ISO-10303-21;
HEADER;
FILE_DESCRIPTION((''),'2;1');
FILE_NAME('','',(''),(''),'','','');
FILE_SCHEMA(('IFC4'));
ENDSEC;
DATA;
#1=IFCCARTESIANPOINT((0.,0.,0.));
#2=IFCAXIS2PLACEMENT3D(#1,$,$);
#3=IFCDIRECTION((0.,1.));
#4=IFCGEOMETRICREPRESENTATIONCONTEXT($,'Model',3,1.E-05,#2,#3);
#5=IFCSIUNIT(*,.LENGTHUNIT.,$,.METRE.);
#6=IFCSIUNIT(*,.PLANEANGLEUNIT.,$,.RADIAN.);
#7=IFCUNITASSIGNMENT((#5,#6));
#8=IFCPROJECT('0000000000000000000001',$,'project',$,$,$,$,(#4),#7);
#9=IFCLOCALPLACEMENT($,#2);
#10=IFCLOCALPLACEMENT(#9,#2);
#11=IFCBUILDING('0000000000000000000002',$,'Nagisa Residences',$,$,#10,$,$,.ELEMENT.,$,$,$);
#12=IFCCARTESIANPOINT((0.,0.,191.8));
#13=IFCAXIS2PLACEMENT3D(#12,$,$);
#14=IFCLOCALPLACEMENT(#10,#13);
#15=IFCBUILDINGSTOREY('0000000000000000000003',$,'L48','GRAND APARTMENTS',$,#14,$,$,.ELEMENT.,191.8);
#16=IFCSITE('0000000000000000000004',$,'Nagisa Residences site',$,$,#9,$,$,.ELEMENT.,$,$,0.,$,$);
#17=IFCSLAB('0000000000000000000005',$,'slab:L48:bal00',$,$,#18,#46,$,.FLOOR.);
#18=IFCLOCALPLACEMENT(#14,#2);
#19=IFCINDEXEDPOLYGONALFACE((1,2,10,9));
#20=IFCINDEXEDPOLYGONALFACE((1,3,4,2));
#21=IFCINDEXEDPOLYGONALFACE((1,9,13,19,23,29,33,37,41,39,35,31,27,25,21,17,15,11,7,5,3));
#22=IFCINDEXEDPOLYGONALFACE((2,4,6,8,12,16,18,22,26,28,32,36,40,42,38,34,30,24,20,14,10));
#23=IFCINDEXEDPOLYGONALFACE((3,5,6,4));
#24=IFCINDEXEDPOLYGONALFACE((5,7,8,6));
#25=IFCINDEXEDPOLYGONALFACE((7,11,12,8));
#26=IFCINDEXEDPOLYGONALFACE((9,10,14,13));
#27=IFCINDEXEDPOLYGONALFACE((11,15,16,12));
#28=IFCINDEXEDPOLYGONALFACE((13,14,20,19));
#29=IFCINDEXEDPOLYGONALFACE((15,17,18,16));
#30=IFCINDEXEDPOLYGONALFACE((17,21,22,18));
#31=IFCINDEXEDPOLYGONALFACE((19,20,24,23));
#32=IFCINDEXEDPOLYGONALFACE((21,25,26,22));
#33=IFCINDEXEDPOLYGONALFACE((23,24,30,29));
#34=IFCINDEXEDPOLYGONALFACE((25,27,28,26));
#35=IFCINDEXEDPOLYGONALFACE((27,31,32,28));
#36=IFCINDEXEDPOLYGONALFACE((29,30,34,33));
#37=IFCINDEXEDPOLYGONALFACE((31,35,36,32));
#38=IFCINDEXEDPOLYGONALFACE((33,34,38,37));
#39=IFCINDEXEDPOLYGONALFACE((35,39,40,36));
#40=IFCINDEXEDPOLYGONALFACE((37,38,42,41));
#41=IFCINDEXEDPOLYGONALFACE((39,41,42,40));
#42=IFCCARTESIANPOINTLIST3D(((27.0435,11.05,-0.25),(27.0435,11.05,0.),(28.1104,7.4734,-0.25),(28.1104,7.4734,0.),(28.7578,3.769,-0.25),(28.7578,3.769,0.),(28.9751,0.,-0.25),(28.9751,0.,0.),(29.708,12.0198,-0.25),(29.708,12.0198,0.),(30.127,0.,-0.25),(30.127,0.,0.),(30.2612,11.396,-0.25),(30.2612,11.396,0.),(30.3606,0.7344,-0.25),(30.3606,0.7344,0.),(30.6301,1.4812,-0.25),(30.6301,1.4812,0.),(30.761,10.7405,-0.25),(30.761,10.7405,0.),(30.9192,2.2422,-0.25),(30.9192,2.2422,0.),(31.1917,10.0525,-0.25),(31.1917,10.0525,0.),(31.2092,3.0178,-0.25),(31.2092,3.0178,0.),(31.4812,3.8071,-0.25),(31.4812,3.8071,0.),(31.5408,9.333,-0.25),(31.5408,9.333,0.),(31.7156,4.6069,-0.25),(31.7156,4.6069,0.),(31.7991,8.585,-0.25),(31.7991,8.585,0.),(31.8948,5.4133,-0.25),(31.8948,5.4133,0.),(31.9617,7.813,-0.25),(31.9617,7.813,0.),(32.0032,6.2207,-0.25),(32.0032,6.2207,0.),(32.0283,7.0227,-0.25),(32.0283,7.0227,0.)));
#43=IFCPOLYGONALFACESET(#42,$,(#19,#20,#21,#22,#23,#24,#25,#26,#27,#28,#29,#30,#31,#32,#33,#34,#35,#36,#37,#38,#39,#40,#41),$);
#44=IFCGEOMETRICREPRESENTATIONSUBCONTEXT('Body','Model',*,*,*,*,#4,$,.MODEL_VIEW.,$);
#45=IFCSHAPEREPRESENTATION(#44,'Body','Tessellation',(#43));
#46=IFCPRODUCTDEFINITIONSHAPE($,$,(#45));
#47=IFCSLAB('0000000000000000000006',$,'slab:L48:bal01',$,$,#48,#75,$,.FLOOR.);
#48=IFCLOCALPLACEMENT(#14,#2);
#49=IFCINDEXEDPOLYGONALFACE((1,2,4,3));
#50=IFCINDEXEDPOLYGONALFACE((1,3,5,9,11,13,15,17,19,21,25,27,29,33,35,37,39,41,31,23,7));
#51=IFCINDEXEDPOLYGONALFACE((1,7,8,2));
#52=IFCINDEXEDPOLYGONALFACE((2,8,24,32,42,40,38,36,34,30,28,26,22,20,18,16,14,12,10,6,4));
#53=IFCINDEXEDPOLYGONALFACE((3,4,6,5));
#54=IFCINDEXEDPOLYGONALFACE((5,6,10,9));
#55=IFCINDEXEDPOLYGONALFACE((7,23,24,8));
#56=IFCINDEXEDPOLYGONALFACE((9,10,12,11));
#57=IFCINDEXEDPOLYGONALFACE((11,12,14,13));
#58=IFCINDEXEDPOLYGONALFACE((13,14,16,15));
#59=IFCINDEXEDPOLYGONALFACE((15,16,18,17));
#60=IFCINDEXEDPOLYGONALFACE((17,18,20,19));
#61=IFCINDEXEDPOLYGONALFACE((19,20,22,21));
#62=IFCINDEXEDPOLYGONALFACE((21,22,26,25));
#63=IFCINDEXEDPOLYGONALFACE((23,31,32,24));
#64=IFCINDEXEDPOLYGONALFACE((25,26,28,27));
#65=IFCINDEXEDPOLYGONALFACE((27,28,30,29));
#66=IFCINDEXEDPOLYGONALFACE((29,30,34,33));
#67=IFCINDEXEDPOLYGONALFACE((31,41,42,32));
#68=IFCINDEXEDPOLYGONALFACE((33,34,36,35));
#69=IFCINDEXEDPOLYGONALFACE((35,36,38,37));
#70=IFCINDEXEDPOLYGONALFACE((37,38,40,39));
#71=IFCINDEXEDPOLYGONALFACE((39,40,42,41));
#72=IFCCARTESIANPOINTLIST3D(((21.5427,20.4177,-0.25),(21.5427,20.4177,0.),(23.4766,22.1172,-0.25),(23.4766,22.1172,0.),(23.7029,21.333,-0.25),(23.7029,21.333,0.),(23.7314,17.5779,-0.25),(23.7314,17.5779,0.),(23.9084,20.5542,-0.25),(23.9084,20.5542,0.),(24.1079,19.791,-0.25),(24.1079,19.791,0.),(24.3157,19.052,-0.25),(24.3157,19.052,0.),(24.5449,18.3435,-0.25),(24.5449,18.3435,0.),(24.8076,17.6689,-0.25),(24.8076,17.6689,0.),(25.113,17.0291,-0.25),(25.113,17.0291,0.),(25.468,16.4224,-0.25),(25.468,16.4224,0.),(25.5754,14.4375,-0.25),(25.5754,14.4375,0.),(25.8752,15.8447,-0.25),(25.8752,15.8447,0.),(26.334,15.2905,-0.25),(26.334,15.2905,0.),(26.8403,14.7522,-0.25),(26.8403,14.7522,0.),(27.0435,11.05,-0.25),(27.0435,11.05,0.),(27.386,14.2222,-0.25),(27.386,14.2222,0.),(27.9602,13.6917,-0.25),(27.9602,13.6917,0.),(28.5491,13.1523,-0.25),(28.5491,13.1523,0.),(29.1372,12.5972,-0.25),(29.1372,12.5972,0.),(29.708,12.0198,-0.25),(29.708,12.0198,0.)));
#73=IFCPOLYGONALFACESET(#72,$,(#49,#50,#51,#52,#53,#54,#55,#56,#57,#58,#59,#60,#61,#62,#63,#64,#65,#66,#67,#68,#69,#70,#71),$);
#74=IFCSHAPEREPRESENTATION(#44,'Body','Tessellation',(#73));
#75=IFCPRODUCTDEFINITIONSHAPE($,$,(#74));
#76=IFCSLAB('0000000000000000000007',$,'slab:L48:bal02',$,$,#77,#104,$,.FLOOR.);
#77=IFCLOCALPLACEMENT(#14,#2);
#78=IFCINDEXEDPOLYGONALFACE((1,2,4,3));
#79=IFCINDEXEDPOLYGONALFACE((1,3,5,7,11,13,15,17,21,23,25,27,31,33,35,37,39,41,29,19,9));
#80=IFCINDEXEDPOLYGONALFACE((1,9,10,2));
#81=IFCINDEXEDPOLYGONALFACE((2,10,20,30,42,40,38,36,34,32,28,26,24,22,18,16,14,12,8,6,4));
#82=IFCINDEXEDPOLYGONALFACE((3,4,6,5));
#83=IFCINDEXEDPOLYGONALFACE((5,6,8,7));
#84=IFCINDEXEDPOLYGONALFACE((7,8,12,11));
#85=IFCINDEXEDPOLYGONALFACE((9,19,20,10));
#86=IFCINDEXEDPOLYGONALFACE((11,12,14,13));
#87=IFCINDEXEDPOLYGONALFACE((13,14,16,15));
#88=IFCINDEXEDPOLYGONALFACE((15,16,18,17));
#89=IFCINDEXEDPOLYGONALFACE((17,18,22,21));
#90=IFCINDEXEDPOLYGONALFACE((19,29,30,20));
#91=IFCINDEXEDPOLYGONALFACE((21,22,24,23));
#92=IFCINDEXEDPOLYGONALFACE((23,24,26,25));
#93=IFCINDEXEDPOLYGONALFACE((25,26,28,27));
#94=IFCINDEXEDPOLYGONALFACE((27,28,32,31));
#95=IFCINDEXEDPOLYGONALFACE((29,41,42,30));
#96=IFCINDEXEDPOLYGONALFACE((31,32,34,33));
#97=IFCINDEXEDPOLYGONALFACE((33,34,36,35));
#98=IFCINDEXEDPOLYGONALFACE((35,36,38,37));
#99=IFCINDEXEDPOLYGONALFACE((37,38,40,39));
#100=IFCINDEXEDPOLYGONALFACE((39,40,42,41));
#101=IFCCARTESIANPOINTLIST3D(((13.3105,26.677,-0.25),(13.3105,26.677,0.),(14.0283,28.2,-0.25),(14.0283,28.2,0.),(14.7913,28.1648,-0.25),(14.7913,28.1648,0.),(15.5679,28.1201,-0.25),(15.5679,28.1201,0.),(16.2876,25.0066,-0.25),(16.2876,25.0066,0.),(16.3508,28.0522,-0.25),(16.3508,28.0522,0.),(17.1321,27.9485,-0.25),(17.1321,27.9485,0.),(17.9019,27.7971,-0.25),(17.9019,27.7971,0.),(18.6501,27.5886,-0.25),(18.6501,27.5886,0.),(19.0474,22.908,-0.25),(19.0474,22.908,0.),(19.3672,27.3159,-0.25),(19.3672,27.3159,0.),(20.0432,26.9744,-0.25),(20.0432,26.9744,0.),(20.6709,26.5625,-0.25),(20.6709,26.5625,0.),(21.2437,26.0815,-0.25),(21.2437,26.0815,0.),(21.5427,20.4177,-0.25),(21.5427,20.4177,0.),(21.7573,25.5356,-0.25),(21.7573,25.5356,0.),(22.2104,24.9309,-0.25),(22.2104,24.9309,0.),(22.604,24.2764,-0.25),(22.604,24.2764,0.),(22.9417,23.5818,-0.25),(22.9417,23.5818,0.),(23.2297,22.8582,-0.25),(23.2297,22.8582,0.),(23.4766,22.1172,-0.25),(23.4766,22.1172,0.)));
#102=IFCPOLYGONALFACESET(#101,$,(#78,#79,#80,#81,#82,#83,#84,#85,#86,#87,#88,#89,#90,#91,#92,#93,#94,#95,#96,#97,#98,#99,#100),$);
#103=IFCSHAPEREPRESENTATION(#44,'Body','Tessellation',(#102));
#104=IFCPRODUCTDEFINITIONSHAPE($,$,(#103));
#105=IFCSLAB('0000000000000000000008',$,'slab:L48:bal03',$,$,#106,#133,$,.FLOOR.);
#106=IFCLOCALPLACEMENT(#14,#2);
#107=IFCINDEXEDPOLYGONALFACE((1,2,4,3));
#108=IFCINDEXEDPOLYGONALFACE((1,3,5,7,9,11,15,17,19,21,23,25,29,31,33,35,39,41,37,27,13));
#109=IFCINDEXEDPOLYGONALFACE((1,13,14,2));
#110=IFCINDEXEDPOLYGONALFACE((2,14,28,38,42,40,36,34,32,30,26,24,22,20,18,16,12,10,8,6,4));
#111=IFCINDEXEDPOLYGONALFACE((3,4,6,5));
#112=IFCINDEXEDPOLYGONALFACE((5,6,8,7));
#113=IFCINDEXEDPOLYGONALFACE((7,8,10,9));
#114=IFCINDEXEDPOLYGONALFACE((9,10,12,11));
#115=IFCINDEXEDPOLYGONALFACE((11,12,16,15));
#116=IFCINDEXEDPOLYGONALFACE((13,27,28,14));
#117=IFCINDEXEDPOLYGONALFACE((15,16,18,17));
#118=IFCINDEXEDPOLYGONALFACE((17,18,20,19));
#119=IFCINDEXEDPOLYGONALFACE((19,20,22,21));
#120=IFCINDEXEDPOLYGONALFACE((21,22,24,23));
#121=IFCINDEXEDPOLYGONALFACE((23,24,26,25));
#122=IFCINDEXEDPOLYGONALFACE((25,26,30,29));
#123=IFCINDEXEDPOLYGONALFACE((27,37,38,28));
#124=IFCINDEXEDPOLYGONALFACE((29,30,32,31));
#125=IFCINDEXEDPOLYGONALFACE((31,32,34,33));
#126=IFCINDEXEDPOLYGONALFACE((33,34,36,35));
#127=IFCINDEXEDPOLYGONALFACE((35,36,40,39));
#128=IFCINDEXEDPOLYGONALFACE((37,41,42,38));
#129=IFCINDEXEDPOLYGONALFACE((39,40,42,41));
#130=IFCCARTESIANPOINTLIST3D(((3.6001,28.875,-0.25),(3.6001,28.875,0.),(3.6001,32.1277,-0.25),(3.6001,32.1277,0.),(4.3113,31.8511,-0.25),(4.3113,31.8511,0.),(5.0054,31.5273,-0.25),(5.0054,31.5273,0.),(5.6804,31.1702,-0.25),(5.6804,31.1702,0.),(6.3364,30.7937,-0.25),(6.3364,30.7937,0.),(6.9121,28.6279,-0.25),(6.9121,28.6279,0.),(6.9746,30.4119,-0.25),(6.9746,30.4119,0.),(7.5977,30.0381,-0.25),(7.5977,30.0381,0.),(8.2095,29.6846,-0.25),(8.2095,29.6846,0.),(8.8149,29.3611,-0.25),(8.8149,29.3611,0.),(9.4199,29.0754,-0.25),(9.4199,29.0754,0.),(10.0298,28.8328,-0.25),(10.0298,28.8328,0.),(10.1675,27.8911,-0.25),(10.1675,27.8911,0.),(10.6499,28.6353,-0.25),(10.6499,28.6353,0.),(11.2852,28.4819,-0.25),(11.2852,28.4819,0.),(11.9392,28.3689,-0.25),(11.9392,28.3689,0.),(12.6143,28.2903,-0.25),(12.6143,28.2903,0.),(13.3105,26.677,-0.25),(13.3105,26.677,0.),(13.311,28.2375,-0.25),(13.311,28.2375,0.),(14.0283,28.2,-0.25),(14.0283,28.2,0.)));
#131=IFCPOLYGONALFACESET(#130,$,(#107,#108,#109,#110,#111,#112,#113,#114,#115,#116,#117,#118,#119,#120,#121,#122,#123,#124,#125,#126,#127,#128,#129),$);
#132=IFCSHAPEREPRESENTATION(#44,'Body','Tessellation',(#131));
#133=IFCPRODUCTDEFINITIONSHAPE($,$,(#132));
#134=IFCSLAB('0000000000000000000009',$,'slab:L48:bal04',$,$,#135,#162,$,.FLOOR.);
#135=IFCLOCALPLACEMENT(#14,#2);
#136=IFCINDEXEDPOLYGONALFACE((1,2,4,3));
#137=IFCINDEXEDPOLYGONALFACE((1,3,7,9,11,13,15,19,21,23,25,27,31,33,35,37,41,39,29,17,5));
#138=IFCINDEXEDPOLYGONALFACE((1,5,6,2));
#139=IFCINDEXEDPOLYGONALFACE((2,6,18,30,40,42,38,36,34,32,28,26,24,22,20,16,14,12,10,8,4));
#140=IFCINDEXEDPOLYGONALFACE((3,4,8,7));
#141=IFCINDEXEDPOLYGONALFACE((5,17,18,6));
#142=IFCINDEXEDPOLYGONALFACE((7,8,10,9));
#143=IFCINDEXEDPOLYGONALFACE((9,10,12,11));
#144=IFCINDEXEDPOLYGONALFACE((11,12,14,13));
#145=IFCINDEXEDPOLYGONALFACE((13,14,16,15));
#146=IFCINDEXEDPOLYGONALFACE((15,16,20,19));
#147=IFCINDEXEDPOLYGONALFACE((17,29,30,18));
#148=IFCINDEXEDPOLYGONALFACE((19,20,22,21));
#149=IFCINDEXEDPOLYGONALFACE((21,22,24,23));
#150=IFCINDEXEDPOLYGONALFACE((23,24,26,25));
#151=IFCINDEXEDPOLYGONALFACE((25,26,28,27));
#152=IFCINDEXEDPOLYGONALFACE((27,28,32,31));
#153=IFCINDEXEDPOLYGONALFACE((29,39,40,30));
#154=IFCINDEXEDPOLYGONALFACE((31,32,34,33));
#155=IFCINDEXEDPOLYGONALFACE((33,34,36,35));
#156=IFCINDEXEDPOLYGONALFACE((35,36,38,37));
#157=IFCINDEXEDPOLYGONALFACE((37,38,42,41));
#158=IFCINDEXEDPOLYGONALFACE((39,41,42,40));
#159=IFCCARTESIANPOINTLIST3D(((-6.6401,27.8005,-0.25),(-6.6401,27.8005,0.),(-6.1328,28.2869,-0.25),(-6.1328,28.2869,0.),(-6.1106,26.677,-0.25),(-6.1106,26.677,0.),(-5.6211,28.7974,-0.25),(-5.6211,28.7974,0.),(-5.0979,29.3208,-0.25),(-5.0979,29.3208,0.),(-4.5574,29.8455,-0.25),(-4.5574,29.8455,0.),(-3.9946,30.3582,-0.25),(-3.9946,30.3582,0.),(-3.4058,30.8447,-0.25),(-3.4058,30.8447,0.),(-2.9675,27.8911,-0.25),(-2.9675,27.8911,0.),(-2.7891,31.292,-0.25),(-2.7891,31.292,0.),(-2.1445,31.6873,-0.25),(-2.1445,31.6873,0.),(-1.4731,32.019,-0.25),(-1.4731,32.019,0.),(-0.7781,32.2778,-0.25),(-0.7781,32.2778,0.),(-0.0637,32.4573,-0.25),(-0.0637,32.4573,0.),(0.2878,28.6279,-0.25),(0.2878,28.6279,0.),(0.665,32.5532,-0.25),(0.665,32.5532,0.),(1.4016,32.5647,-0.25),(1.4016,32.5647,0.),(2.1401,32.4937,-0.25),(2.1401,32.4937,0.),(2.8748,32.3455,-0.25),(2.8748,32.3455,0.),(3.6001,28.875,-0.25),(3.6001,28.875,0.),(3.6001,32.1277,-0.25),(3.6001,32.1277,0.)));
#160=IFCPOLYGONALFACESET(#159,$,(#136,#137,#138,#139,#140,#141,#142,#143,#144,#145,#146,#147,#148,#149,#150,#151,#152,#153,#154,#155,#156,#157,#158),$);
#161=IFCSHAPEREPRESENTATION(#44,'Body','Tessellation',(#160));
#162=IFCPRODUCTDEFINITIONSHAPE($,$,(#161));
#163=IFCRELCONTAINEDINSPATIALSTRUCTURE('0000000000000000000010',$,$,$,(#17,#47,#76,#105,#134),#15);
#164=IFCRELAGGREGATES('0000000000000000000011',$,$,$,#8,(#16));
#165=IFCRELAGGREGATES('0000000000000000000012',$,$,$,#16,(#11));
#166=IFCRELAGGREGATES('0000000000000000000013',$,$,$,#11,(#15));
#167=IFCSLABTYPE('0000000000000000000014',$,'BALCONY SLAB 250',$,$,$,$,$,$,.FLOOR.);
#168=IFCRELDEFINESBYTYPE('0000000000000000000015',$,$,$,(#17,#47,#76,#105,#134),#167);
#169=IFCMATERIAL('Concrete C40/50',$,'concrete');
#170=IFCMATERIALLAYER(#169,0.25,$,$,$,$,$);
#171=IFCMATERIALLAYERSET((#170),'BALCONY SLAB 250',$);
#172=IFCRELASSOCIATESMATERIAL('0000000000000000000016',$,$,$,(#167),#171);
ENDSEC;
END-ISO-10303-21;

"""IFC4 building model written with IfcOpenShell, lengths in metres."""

from ifc_helpers import new_model, si_unit, direction, frame, origin, place, context, subcontext, project, spatial, polyline, outline, extrude, material, layer, layer_set, type_object, element, save


model = new_model("IFC4")

# Units and contexts
model_context = context("Model", 3, precision=1e-05, world=origin(), true_north=direction((0.0, 1.0)))
body_context = subcontext(model_context, "Body", "Model", "MODEL_VIEW")
ifc_project = project(units=[si_unit("LENGTHUNIT", "METRE"), si_unit("PLANEANGLEUNIT", "RADIAN")], contexts=[model_context])

# Site, building, storey
site_placement = place(None, origin())
site = spatial("IfcSite", under=ifc_project, at=site_placement, Name="Nagisa Residences site", CompositionType="ELEMENT", RefElevation=0.0)
building_placement = place(site_placement, origin())
building = spatial("IfcBuilding", under=site, at=building_placement, Name="Nagisa Residences", CompositionType="ELEMENT")
storey_placement = place(building_placement, frame((0.0, 0.0, 191.8)))
storey = spatial("IfcBuildingStorey", under=building, at=storey_placement, Name="L48", Description="GRAND APARTMENTS", CompositionType="ELEMENT", Elevation=191.8)

# Slabs
ifc_material_1 = material(Name="Concrete C40/50", Category="concrete")
ifc_layer_1 = layer(ifc_material_1, 0.25)
ifc_layer_set_1 = layer_set([ifc_layer_1], Name="BALCONY SLAB 250")
slab_type_1 = type_object("IfcSlabType", Name="BALCONY SLAB 250", PredefinedType="FLOOR", material=ifc_layer_set_1)
slab_1_placement = place(storey_placement, frame((0.0, 0.0, -0.25)))
element("IfcSlab", 1, at=slab_1_placement, inside=storey, type_object=slab_type_1, Name="slab:L48:bal00", PredefinedType="FLOOR", context=body_context, shape_type="SweptSolid", body=[
    extrude(outline(polyline([(30.127, 0.0), (30.3606, 0.7344), (30.6301, 1.4812), (30.9192, 2.2422), (31.2092, 3.0178), (31.4812, 3.8071), (31.7156, 4.6069), (31.8948, 5.4133), (32.0032, 6.2207), (32.0283, 7.0227), (31.9617, 7.813), (31.7991, 8.585), (31.5408, 9.333), (31.1917, 10.0525), (30.761, 10.7405), (30.2612, 11.396), (29.708, 12.0198), (27.0435, 11.05), (28.1104, 7.4734), (28.7578, 3.769), (28.9751, 0.0), (30.127, 0.0)])), origin(), (0.0, 0.0, 1.0), 0.25),
])
slab_2_placement = place(storey_placement, frame((0.0, 0.0, -0.25)))
element("IfcSlab", 2, at=slab_2_placement, inside=storey, type_object=slab_type_1, Name="slab:L48:bal01", PredefinedType="FLOOR", context=body_context, shape_type="SweptSolid", body=[
    extrude(outline(polyline([(29.708, 12.0198), (29.1372, 12.5972), (28.5491, 13.1523), (27.9602, 13.6917), (27.386, 14.2222), (26.8403, 14.7522), (26.334, 15.2905), (25.8752, 15.8447), (25.468, 16.4224), (25.113, 17.0291), (24.8076, 17.6689), (24.5449, 18.3435), (24.3157, 19.052), (24.1079, 19.791), (23.9084, 20.5542), (23.7029, 21.333), (23.4766, 22.1172), (21.5427, 20.4177), (23.7314, 17.5779), (25.5754, 14.4375), (27.0435, 11.05), (29.708, 12.0198)])), origin(), (0.0, 0.0, 1.0), 0.25),
])
slab_3_placement = place(storey_placement, frame((0.0, 0.0, -0.25)))
element("IfcSlab", 3, at=slab_3_placement, inside=storey, type_object=slab_type_1, Name="slab:L48:bal02", PredefinedType="FLOOR", context=body_context, shape_type="SweptSolid", body=[
    extrude(outline(polyline([(23.4766, 22.1172), (23.2297, 22.8582), (22.9417, 23.5818), (22.604, 24.2764), (22.2104, 24.9309), (21.7573, 25.5356), (21.2437, 26.0815), (20.6709, 26.5625), (20.0432, 26.9744), (19.3672, 27.3159), (18.6501, 27.5886), (17.9019, 27.7971), (17.1321, 27.9485), (16.3508, 28.0522), (15.5679, 28.1201), (14.7913, 28.1648), (14.0283, 28.2), (13.3105, 26.677), (16.2876, 25.0066), (19.0474, 22.908), (21.5427, 20.4177), (23.4766, 22.1172)])), origin(), (0.0, 0.0, 1.0), 0.25),
])
slab_4_placement = place(storey_placement, frame((0.0, 0.0, -0.25)))
element("IfcSlab", 4, at=slab_4_placement, inside=storey, type_object=slab_type_1, Name="slab:L48:bal03", PredefinedType="FLOOR", context=body_context, shape_type="SweptSolid", body=[
    extrude(outline(polyline([(14.0283, 28.2), (13.311, 28.2375), (12.6143, 28.2903), (11.9392, 28.3689), (11.2852, 28.4819), (10.6499, 28.6353), (10.0298, 28.8328), (9.4199, 29.0754), (8.8149, 29.3611), (8.2095, 29.6846), (7.5977, 30.0381), (6.9746, 30.4119), (6.3364, 30.7937), (5.6804, 31.1702), (5.0054, 31.5273), (4.3113, 31.8511), (3.6001, 32.1277), (3.6001, 28.875), (6.9121, 28.6279), (10.1675, 27.8911), (13.3105, 26.677), (14.0283, 28.2)])), origin(), (0.0, 0.0, 1.0), 0.25),
])
slab_5_placement = place(storey_placement, frame((0.0, 0.0, -0.25)))
element("IfcSlab", 5, at=slab_5_placement, inside=storey, type_object=slab_type_1, Name="slab:L48:bal04", PredefinedType="FLOOR", context=body_context, shape_type="SweptSolid", body=[
    extrude(outline(polyline([(3.6001, 32.1277), (2.8748, 32.3455), (2.1401, 32.4937), (1.4016, 32.5647), (0.665, 32.5532), (-0.0637, 32.4573), (-0.7781, 32.2778), (-1.4731, 32.019), (-2.1445, 31.6873), (-2.7891, 31.292), (-3.4058, 30.8447), (-3.9946, 30.3582), (-4.5574, 29.8455), (-5.0979, 29.3208), (-5.6211, 28.7974), (-6.1328, 28.2869), (-6.6401, 27.8005), (-6.1106, 26.677), (-2.9675, 27.8911), (0.2878, 28.6279), (3.6001, 28.875), (3.6001, 32.1277)])), origin(), (0.0, 0.0, 1.0), 0.25),
])

save(model, "model.ifc")
